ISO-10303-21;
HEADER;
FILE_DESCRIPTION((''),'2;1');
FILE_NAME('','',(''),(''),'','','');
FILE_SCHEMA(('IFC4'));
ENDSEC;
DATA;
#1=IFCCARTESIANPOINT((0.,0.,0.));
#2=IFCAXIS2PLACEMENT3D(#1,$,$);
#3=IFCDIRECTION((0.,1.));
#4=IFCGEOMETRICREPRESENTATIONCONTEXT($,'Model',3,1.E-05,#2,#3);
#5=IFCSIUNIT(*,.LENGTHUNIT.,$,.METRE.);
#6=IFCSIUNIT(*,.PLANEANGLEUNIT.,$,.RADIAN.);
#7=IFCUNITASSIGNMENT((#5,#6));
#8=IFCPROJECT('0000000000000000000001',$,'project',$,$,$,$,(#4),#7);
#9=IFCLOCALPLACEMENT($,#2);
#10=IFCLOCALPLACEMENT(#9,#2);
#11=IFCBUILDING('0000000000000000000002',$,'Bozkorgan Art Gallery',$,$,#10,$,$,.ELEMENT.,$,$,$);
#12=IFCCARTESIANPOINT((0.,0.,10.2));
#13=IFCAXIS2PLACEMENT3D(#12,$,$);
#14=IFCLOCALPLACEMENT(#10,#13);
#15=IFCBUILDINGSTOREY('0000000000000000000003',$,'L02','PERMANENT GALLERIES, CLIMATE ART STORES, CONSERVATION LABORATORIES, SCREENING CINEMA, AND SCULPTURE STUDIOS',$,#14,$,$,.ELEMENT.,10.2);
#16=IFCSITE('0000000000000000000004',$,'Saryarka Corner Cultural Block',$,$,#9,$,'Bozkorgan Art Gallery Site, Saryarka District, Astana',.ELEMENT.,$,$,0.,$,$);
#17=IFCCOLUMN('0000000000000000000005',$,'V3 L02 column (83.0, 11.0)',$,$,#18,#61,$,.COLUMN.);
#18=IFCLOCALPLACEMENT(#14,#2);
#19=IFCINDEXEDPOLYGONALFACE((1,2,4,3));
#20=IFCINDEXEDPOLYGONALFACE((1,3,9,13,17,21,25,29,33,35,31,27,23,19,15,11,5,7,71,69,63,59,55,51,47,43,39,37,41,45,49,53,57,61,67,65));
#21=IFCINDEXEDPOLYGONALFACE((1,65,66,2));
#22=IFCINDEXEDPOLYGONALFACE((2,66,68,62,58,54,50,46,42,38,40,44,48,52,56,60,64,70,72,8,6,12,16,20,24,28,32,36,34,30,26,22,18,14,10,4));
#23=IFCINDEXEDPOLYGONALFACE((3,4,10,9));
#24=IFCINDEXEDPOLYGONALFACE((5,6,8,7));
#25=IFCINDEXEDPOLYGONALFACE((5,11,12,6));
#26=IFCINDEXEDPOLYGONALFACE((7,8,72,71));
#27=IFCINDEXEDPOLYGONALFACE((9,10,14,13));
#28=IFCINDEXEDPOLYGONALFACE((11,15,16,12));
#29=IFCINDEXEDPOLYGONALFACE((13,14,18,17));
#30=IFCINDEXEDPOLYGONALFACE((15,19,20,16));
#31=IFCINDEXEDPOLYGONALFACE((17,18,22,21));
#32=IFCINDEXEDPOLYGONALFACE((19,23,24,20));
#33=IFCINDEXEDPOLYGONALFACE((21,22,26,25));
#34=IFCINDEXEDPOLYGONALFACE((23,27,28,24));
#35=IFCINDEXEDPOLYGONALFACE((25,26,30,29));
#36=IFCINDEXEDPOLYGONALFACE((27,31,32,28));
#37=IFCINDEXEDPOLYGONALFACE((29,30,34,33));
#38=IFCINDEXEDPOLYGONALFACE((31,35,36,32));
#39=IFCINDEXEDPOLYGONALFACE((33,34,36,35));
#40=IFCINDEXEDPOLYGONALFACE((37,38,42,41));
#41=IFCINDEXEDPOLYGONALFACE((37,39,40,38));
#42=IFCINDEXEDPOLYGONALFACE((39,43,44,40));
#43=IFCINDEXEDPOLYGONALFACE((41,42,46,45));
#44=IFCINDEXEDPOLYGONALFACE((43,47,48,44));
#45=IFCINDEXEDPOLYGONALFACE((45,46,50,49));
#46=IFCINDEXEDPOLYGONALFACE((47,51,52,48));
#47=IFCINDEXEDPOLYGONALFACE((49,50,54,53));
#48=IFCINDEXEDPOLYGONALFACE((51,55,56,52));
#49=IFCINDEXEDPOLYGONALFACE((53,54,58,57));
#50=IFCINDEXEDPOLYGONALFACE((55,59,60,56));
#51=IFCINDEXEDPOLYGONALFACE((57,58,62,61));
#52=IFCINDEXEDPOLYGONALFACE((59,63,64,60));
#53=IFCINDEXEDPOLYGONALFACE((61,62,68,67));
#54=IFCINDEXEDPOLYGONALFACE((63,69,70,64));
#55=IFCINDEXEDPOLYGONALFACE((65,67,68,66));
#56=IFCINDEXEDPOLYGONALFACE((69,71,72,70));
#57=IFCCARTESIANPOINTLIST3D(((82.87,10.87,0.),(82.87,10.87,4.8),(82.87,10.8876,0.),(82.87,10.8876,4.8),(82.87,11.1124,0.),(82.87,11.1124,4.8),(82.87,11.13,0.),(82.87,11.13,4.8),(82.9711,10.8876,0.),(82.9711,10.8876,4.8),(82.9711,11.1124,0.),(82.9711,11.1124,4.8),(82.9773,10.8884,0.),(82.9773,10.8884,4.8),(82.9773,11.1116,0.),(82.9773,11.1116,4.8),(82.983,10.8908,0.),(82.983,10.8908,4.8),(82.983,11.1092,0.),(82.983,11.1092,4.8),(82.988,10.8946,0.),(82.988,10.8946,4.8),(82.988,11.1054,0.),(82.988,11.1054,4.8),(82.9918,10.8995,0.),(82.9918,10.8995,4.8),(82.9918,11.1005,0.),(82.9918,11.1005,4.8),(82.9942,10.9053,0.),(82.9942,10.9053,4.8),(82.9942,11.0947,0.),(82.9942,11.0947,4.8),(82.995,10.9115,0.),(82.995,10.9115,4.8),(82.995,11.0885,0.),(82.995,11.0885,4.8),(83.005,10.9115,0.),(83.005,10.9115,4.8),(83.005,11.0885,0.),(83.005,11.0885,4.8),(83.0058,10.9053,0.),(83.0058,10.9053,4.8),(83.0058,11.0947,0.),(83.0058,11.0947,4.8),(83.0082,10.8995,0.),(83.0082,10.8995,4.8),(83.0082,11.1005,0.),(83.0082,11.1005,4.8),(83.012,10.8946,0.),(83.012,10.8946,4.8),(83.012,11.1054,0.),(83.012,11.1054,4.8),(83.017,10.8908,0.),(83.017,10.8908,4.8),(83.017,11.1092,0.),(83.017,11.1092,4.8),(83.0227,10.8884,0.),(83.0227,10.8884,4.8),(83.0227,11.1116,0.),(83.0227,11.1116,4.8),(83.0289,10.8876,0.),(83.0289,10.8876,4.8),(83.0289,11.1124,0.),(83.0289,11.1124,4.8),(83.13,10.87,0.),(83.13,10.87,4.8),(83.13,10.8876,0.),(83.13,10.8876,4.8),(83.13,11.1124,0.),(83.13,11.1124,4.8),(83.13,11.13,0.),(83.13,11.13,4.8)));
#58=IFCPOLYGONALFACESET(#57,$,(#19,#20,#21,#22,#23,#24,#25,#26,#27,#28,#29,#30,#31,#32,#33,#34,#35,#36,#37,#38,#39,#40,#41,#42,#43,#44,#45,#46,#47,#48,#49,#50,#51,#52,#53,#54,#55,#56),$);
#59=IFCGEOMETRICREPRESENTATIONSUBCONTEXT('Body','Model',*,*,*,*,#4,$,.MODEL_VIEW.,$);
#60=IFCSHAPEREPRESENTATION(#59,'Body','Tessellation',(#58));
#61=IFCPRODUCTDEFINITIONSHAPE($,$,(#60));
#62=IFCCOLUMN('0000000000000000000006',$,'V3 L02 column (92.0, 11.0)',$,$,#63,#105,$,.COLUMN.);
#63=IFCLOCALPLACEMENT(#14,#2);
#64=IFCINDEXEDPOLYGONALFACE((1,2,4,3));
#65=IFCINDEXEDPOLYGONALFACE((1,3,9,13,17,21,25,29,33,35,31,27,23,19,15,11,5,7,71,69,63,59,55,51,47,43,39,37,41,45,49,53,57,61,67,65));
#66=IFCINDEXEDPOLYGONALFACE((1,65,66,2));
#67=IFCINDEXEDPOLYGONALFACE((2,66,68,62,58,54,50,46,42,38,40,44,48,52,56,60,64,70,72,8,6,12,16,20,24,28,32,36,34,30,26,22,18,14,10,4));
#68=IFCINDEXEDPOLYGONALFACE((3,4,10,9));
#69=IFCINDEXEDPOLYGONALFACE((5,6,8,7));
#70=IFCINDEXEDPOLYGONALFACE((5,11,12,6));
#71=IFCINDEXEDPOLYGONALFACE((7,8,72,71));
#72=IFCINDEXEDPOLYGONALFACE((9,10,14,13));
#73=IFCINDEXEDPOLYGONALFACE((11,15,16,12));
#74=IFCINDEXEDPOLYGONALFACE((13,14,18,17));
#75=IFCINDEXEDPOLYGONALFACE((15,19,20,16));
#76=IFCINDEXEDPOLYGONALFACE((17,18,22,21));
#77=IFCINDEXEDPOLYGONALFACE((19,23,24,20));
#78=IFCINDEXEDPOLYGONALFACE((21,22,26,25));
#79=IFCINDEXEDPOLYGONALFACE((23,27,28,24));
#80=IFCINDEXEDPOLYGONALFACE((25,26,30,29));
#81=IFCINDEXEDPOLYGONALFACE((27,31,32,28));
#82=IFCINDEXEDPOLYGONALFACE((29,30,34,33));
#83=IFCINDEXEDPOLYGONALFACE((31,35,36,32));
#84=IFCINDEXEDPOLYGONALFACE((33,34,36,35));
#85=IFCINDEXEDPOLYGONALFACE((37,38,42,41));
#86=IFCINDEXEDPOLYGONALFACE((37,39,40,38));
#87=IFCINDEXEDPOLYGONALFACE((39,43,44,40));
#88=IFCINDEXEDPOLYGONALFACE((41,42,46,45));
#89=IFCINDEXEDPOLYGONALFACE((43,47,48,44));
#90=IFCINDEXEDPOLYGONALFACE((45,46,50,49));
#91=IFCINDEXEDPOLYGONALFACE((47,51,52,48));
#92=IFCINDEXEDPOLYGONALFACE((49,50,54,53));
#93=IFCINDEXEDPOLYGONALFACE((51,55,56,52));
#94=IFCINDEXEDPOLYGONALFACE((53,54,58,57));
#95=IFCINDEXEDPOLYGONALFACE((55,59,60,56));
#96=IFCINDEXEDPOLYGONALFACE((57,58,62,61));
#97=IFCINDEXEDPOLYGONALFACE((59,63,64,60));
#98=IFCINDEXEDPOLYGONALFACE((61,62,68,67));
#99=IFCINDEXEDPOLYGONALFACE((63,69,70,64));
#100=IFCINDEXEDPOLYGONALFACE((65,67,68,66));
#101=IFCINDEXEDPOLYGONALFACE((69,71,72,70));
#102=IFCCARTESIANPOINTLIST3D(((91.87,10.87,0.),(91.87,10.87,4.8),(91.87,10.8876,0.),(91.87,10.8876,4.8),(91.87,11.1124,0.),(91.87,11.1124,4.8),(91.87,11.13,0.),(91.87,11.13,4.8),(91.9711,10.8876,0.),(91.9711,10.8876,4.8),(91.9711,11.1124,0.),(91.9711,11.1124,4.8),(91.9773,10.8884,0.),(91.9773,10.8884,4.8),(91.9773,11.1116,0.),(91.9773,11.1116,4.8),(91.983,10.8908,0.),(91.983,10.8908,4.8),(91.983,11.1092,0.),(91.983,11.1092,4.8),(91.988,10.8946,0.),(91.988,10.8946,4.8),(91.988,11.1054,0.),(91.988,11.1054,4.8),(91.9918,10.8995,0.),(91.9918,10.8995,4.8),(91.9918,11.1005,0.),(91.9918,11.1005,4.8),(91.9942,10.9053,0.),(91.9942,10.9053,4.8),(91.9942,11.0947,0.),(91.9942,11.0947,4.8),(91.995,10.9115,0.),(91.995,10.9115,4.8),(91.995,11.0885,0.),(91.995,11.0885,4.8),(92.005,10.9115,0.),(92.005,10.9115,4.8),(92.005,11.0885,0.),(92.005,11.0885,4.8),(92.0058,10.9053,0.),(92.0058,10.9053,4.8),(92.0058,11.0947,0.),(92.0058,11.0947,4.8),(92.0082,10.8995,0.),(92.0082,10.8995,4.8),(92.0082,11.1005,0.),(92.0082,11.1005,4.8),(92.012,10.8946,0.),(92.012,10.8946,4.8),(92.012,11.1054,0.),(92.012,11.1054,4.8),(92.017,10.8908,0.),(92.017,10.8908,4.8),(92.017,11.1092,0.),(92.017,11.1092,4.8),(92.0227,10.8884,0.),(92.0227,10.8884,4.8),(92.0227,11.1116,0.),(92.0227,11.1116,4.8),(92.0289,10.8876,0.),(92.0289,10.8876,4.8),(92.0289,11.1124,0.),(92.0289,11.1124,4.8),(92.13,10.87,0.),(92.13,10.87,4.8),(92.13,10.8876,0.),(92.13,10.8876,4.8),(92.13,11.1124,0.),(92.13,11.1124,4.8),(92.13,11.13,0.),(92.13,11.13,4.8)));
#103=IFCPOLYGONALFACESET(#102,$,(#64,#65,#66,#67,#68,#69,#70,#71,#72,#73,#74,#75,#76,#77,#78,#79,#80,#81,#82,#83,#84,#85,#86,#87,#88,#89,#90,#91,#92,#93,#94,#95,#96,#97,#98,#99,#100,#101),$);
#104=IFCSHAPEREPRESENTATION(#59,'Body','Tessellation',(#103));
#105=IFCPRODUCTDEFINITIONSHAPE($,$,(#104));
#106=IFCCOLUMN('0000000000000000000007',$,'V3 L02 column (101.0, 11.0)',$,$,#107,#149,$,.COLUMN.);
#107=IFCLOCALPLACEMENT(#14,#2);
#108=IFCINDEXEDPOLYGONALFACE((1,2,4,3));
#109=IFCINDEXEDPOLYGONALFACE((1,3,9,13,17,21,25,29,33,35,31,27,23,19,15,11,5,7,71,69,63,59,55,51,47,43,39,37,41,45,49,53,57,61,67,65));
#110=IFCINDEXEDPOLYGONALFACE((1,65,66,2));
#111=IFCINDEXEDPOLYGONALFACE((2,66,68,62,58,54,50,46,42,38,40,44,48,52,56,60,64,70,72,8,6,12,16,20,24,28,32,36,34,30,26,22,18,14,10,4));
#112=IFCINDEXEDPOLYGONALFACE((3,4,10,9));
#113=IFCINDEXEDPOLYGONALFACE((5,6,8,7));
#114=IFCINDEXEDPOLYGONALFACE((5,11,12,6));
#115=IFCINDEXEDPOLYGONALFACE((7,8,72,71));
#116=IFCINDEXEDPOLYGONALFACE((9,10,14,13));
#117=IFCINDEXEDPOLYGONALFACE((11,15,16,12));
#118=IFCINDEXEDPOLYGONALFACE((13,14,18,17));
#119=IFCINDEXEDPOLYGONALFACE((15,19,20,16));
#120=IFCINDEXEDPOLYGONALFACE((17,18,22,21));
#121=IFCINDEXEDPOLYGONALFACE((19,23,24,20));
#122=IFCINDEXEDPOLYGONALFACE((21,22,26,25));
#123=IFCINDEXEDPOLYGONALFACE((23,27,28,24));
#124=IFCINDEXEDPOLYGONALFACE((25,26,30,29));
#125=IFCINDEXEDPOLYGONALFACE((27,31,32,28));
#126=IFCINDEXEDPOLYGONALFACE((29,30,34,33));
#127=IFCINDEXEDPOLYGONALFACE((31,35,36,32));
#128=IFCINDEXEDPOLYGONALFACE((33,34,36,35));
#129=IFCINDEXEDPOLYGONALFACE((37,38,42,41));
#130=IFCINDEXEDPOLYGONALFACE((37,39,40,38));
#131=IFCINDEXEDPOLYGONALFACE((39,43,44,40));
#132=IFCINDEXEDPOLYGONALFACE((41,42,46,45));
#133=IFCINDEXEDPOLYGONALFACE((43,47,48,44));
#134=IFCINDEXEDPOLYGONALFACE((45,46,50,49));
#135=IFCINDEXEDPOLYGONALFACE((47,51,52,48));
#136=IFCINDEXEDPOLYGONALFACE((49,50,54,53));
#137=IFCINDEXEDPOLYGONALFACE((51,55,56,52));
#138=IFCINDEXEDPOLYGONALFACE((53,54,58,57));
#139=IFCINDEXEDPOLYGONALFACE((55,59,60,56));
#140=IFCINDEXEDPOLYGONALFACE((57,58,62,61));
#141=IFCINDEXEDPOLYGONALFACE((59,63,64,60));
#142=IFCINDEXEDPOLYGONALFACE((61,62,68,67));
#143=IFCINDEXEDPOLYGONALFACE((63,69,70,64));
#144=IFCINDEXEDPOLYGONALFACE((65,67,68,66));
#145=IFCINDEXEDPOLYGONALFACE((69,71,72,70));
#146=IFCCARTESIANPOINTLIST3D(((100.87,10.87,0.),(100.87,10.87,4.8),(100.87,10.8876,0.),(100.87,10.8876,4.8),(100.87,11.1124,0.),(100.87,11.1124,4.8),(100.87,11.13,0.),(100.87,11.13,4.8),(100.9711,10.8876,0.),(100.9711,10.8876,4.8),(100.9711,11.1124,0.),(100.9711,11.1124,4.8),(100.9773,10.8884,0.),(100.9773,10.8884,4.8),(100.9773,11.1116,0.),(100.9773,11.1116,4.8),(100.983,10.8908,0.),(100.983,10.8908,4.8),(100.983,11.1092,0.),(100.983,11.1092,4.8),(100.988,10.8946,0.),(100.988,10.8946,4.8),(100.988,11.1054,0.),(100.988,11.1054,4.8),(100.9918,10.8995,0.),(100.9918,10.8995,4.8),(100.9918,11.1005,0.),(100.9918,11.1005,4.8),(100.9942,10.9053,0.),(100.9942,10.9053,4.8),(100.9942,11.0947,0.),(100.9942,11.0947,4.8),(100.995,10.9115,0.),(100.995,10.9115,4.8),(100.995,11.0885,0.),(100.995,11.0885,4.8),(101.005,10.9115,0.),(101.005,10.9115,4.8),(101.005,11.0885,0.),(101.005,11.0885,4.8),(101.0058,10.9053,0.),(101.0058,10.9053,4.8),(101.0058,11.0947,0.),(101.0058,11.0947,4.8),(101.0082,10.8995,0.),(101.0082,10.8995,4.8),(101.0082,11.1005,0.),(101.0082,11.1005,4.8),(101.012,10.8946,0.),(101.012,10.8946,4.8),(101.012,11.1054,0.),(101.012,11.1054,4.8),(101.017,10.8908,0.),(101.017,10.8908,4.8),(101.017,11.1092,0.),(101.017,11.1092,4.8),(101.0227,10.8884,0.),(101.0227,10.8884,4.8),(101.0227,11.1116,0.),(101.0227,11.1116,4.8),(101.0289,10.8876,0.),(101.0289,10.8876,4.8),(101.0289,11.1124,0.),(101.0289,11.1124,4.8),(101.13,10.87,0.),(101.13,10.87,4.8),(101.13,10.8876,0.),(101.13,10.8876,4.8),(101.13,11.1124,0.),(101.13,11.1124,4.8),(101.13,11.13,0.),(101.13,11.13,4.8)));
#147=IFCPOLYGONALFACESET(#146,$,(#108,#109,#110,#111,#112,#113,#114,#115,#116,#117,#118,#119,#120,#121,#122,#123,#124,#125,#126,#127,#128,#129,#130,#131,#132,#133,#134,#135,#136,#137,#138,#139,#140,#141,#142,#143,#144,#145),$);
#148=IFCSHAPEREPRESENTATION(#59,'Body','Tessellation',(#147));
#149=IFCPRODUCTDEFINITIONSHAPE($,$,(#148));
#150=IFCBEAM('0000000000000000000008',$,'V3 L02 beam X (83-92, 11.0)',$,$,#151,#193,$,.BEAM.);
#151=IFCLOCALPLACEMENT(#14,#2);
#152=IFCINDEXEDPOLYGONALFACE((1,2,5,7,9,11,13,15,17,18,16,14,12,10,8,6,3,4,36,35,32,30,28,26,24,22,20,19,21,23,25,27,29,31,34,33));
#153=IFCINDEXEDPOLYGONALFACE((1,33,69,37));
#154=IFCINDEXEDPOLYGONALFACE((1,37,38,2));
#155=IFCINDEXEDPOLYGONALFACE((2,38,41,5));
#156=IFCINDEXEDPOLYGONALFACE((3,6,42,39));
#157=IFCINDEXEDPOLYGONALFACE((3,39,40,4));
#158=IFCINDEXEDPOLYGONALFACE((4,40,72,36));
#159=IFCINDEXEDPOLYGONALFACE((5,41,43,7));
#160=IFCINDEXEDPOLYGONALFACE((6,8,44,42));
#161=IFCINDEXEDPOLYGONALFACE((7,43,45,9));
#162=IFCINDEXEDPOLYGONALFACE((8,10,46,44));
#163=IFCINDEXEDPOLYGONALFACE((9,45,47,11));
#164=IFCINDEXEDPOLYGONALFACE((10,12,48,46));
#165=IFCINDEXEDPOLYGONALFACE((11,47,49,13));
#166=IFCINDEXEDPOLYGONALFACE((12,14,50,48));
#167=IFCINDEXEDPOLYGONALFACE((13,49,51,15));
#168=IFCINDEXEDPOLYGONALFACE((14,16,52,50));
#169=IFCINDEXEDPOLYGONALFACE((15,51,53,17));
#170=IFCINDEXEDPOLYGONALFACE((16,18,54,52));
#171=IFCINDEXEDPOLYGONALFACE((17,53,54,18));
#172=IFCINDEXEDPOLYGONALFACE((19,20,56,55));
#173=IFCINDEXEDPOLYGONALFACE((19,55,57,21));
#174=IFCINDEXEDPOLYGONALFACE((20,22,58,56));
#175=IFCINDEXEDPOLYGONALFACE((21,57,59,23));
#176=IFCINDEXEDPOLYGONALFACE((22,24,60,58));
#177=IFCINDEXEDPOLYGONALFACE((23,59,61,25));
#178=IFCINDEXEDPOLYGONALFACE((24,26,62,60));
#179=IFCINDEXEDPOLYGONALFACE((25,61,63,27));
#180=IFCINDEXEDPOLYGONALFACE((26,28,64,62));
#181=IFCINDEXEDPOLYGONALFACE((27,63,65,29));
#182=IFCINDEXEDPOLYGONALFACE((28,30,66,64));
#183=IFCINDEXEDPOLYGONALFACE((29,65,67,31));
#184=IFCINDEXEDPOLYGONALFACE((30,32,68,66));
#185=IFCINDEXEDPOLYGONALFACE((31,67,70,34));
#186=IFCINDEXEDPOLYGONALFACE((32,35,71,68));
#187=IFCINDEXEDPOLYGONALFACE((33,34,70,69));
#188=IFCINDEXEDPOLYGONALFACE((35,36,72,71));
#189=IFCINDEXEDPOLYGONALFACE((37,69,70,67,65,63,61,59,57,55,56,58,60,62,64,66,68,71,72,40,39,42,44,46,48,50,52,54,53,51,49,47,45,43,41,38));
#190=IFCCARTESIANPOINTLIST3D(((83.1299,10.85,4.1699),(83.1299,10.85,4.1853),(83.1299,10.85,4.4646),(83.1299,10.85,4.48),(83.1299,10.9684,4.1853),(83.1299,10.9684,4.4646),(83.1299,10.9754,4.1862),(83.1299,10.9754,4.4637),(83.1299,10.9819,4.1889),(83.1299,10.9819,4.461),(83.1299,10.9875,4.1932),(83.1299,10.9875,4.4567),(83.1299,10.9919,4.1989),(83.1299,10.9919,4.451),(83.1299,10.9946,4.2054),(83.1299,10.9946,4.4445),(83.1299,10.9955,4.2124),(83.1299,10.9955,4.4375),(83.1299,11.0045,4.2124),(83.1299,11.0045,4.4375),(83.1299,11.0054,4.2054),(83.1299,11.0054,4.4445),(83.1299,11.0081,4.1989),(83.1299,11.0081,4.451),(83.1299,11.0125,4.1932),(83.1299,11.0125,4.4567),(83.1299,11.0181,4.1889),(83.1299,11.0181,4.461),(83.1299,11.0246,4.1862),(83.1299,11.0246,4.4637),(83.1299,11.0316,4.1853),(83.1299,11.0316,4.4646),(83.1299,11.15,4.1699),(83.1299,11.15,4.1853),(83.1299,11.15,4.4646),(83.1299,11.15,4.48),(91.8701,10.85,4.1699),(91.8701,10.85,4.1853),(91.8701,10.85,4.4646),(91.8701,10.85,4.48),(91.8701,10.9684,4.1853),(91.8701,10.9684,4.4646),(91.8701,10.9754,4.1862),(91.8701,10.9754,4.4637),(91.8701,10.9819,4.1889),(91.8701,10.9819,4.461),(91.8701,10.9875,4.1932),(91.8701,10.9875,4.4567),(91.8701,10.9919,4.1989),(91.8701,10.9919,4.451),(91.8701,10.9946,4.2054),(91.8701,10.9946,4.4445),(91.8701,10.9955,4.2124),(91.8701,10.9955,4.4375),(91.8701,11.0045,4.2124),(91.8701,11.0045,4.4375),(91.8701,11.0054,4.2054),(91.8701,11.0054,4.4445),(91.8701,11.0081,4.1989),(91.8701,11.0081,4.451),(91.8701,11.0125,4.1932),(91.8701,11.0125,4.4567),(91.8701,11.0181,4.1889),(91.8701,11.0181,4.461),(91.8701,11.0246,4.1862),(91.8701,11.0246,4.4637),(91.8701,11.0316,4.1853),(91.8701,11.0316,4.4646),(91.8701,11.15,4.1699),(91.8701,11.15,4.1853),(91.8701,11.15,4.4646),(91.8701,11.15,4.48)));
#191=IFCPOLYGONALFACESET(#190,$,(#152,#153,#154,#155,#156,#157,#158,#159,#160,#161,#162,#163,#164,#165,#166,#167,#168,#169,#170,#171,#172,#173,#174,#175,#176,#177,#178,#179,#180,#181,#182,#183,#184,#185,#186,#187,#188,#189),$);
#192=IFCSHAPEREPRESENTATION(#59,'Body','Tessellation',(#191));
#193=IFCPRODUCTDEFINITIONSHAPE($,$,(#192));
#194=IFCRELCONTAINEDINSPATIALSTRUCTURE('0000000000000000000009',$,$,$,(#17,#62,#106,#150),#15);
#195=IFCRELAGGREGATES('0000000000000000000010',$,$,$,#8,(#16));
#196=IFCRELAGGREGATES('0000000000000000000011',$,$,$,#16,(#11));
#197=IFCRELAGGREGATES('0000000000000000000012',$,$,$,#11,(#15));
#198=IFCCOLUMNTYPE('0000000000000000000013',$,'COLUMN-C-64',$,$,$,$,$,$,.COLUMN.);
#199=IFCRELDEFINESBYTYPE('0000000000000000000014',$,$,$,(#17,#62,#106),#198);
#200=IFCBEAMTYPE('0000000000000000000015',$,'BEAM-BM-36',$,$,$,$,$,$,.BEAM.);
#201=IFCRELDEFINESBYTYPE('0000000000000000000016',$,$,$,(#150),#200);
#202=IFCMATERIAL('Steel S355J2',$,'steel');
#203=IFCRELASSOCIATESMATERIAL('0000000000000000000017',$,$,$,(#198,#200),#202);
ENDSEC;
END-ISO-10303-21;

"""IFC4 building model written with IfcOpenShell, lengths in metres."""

from ifc_helpers import new_model, si_unit, direction, frame, origin, origin_2d, place, context, subcontext, project, spatial, i_section, extrude, material, material_profile, profile_set, type_object, element, save


model = new_model("IFC4")

# Units and contexts
model_context = context("Model", 3, precision=1e-05, world=origin(), true_north=direction((0.0, 1.0)))
body_context = subcontext(model_context, "Body", "Model", "MODEL_VIEW")
ifc_project = project(units=[si_unit("LENGTHUNIT", "METRE"), si_unit("PLANEANGLEUNIT", "RADIAN")], contexts=[model_context])

# Site, building, storey
site_placement = place(None, origin())
site = spatial("IfcSite", under=ifc_project, at=site_placement, Name="Saryarka Corner Cultural Block", LongName="Bozkorgan Art Gallery Site, Saryarka District, Astana", CompositionType="ELEMENT", RefElevation=0.0)
building_placement = place(site_placement, origin())
building = spatial("IfcBuilding", under=site, at=building_placement, Name="Bozkorgan Art Gallery", CompositionType="ELEMENT")
storey_placement = place(building_placement, frame((0.0, 0.0, 10.2)))
storey = spatial("IfcBuildingStorey", under=building, at=storey_placement, Name="L02", Description="PERMANENT GALLERIES, CLIMATE ART STORES, CONSERVATION LABORATORIES, SCREENING CINEMA, AND SCULPTURE STUDIOS", CompositionType="ELEMENT", Elevation=10.2)

# Columns
ifc_material_1 = material(Name="Steel S355J2", Category="steel")
ifc_material_profile_1 = material_profile(ifc_material_1, i_section(OverallWidth=0.26, OverallDepth=0.26, WebThickness=0.01, FlangeThickness=0.0176, FilletRadius=0.0239, at=origin_2d()), Name="HEB 260")
ifc_profile_set_1 = profile_set([ifc_material_profile_1], Name="Steel S355J2")
column_type = type_object("IfcColumnType", Name="COLUMN-C-64", PredefinedType="COLUMN", material=ifc_profile_set_1)
for number, where, z_axis, x_axis, name in (
    (1, (83.0, 11.0, 0.0), (0.0, 0.0, 1.0), (1.0, 0.0, 0.0), "V3 L02 column (83.0, 11.0)"),
    (2, (92.0, 11.0, 0.0), (0.0, 0.0, 1.0), (1.0, 0.0, 0.0), "V3 L02 column (92.0, 11.0)"),
    (3, (101.0, 11.0, 0.0), (0.0, 0.0, 1.0), (1.0, 0.0, 0.0), "V3 L02 column (101.0, 11.0)"),
):
    element("IfcColumn", number, at=place(storey_placement, frame(where, z_axis=z_axis, x_axis=x_axis)), inside=storey, type_object=column_type, Name=name, PredefinedType="COLUMN", context=body_context, shape_type="SweptSolid", body=[
        extrude(i_section(OverallWidth=0.26, OverallDepth=0.26, WebThickness=0.01, FlangeThickness=0.0176, FilletRadius=0.0239, at=origin_2d()), origin(), (0.0, 0.0, 1.0), 4.8),
    ])

# Beam
ifc_material_profile_2 = material_profile(ifc_material_1, i_section(OverallWidth=0.3, OverallDepth=0.3101, WebThickness=0.009, FlangeThickness=0.0154, FilletRadius=0.0271, at=origin_2d()), Name="HEA 320")
ifc_profile_set_2 = profile_set([ifc_material_profile_2], Name="Steel S355J2")
beam_type = type_object("IfcBeamType", Name="BEAM-BM-36", PredefinedType="BEAM", material=ifc_profile_set_2)
for number, where, z_axis, x_axis, name in (
    (4, (83.1299, 11.0, 4.325), (1.0, 0.0, 0.0), (0.0, 1.0, 0.0), "V3 L02 beam X (83-92, 11.0)"),
):
    element("IfcBeam", number, at=place(storey_placement, frame(where, z_axis=z_axis, x_axis=x_axis)), inside=storey, type_object=beam_type, Name=name, PredefinedType="BEAM", context=body_context, shape_type="SweptSolid", body=[
        extrude(i_section(OverallWidth=0.3, OverallDepth=0.3101, WebThickness=0.009, FlangeThickness=0.0154, FilletRadius=0.0271, at=origin_2d()), origin(), (0.0, 0.0, 1.0), 8.7402),
    ])

save(model, "model.ifc")
